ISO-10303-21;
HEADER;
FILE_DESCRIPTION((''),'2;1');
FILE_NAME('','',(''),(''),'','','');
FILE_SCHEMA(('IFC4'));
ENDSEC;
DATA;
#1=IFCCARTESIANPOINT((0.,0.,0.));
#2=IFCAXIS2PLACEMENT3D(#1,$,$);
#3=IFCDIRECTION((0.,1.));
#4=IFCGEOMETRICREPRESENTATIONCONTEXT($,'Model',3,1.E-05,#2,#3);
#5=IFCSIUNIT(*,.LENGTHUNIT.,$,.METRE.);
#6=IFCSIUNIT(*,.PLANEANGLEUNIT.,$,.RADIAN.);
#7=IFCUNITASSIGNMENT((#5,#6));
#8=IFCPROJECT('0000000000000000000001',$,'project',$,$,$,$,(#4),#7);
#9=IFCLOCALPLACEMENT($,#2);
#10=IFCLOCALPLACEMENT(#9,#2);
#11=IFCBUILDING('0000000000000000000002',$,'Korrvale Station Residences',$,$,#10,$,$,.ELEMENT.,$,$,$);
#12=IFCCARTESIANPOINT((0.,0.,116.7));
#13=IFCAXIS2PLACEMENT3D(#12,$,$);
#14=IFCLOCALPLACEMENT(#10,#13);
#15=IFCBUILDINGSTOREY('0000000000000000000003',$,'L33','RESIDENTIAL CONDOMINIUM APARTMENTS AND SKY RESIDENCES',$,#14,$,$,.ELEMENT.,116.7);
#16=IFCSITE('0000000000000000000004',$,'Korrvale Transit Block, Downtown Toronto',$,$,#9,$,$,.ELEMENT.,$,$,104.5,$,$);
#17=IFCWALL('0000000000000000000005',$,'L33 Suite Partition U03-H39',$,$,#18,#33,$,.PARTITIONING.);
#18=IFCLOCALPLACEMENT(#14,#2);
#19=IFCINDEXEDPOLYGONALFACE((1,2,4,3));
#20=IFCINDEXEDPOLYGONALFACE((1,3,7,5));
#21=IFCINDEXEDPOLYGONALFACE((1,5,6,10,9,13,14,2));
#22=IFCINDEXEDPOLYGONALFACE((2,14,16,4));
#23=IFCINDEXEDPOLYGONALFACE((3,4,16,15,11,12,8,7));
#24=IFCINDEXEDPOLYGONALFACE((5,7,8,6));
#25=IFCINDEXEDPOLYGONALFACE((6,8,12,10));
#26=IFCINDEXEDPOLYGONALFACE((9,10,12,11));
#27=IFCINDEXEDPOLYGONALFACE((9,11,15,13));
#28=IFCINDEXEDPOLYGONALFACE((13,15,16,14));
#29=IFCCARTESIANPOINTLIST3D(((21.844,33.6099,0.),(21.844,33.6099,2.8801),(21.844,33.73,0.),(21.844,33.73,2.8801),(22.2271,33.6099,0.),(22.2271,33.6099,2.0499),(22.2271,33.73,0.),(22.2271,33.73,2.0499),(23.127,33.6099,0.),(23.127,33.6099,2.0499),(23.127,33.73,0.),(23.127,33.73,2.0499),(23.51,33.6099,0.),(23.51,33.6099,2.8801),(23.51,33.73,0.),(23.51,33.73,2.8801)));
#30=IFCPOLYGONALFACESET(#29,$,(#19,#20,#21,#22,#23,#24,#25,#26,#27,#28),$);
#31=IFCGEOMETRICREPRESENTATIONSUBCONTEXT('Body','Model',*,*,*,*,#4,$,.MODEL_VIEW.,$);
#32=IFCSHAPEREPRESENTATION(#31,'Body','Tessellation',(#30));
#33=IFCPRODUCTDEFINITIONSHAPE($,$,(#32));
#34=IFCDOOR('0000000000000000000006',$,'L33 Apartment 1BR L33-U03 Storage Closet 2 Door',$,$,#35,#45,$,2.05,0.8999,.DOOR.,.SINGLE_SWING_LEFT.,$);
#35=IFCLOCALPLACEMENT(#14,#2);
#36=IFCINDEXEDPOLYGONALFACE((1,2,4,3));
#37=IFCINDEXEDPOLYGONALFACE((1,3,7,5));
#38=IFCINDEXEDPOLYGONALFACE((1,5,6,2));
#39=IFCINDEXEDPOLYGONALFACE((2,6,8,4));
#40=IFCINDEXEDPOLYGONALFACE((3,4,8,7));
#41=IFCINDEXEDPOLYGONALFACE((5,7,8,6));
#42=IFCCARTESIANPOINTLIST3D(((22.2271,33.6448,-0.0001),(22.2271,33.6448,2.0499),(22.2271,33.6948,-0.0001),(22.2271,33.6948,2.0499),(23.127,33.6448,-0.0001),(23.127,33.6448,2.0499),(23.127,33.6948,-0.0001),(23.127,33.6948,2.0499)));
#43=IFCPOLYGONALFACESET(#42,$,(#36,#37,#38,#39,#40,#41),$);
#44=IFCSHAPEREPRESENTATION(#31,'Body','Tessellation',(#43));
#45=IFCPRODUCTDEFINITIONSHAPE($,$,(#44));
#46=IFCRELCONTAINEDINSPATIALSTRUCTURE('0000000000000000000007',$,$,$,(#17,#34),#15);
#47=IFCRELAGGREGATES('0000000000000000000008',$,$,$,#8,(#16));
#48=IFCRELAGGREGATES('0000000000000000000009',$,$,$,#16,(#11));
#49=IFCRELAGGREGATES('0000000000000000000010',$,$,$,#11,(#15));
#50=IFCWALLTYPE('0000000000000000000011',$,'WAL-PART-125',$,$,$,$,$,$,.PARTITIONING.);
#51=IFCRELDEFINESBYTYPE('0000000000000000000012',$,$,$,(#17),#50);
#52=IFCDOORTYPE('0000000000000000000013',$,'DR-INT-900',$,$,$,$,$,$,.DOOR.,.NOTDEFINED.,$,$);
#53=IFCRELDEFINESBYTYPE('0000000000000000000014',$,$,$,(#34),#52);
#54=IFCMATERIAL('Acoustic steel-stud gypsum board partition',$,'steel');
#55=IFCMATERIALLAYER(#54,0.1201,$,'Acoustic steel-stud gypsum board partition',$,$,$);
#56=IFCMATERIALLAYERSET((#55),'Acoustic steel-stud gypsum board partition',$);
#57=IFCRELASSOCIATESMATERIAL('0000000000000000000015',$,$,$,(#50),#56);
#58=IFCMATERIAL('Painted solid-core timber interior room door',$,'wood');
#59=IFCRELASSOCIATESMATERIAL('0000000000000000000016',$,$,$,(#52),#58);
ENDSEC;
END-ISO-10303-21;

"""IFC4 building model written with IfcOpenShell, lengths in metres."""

from ifc_helpers import new_model, si_unit, direction, frame, frame_2d, origin, place, context, subcontext, project, spatial, rectangle, extrude, material, layer, layer_set, type_object, element, fill, save


model = new_model("IFC4")

# Units and contexts
model_context = context("Model", 3, precision=1e-05, world=origin(), true_north=direction((0.0, 1.0)))
body_context = subcontext(model_context, "Body", "Model", "MODEL_VIEW")
ifc_project = project(units=[si_unit("LENGTHUNIT", "METRE"), si_unit("PLANEANGLEUNIT", "RADIAN")], contexts=[model_context])

# Site, building, storey
site_placement = place(None, origin())
site = spatial("IfcSite", under=ifc_project, at=site_placement, Name="Korrvale Transit Block, Downtown Toronto", CompositionType="ELEMENT", RefElevation=104.5)
building_placement = place(site_placement, origin())
building = spatial("IfcBuilding", under=site, at=building_placement, Name="Korrvale Station Residences", CompositionType="ELEMENT")
storey_placement = place(building_placement, frame((0.0, 0.0, 116.7)))
storey = spatial("IfcBuildingStorey", under=building, at=storey_placement, Name="L33", Description="RESIDENTIAL CONDOMINIUM APARTMENTS AND SKY RESIDENCES", CompositionType="ELEMENT", Elevation=116.7)

# Wall, opening, door
ifc_material_1 = material(Name="Acoustic steel-stud gypsum board partition", Category="steel")
ifc_layer = layer(ifc_material_1, 0.1201, Name="Acoustic steel-stud gypsum board partition")
ifc_layer_set = layer_set([ifc_layer], Name="Acoustic steel-stud gypsum board partition")
wall_type = type_object("IfcWallType", Name="WAL-PART-125", PredefinedType="PARTITIONING", material=ifc_layer_set)
ifc_material_2 = material(Name="Painted solid-core timber interior room door", Category="wood")
door_type = type_object("IfcDoorType", Name="DR-INT-900", OperationType="NOTDEFINED", PredefinedType="DOOR", material=ifc_material_2)
wall_1_placement = place(storey_placement, frame((21.844, 33.6699, 0.0), z_axis=(0.0, 0.0, 1.0), x_axis=(1.0, 0.0, 0.0)))
wall_1 = element("IfcWall", 1, at=wall_1_placement, inside=storey, type_object=wall_type, Name="L33 Suite Partition U03-H39", PredefinedType="PARTITIONING", context=body_context, shape_type="SweptSolid", body=[
    extrude(rectangle(XDim=1.666, YDim=0.1201, at=frame_2d((0.833, 0.0))), origin(), (0.0, 0.0, 1.0), 2.8801),
])
opening_1_placement = place(wall_1_placement, frame((0.3831, 0.0, 0.0)))
opening_1 = element("IfcOpeningElement", 2, at=opening_1_placement, cuts=wall_1, PredefinedType="OPENING", context=body_context, shape_type="SweptSolid", body=[
    extrude(rectangle(XDim=0.8999, YDim=2.05, at=frame_2d((0.45, 1.0249))), frame((0.0, 0.0701, 0.0), z_axis=(0.0, -1.0, 0.0), x_axis=(1.0, 0.0, 0.0)), (0.0, 0.0, 1.0), 0.1401),
])
door_1_placement = place(opening_1_placement, origin())
door_1 = element("IfcDoor", 3, at=door_1_placement, inside=storey, type_object=door_type, Name="L33 Apartment 1BR L33-U03 Storage Closet 2 Door", OperationType="SINGLE_SWING_LEFT", OverallHeight=2.05, OverallWidth=0.8999, PredefinedType="DOOR", context=body_context, shape_type="SweptSolid", body=[
    extrude(rectangle(XDim=0.8999, YDim=2.05, at=frame_2d((0.45, 1.0249))), frame((0.0, 0.0249, 0.0), z_axis=(0.0, -1.0, 0.0), x_axis=(1.0, 0.0, 0.0)), (0.0, 0.0, 1.0), 0.05),
])
fill(opening_1, door_1)

save(model, "model.ifc")
